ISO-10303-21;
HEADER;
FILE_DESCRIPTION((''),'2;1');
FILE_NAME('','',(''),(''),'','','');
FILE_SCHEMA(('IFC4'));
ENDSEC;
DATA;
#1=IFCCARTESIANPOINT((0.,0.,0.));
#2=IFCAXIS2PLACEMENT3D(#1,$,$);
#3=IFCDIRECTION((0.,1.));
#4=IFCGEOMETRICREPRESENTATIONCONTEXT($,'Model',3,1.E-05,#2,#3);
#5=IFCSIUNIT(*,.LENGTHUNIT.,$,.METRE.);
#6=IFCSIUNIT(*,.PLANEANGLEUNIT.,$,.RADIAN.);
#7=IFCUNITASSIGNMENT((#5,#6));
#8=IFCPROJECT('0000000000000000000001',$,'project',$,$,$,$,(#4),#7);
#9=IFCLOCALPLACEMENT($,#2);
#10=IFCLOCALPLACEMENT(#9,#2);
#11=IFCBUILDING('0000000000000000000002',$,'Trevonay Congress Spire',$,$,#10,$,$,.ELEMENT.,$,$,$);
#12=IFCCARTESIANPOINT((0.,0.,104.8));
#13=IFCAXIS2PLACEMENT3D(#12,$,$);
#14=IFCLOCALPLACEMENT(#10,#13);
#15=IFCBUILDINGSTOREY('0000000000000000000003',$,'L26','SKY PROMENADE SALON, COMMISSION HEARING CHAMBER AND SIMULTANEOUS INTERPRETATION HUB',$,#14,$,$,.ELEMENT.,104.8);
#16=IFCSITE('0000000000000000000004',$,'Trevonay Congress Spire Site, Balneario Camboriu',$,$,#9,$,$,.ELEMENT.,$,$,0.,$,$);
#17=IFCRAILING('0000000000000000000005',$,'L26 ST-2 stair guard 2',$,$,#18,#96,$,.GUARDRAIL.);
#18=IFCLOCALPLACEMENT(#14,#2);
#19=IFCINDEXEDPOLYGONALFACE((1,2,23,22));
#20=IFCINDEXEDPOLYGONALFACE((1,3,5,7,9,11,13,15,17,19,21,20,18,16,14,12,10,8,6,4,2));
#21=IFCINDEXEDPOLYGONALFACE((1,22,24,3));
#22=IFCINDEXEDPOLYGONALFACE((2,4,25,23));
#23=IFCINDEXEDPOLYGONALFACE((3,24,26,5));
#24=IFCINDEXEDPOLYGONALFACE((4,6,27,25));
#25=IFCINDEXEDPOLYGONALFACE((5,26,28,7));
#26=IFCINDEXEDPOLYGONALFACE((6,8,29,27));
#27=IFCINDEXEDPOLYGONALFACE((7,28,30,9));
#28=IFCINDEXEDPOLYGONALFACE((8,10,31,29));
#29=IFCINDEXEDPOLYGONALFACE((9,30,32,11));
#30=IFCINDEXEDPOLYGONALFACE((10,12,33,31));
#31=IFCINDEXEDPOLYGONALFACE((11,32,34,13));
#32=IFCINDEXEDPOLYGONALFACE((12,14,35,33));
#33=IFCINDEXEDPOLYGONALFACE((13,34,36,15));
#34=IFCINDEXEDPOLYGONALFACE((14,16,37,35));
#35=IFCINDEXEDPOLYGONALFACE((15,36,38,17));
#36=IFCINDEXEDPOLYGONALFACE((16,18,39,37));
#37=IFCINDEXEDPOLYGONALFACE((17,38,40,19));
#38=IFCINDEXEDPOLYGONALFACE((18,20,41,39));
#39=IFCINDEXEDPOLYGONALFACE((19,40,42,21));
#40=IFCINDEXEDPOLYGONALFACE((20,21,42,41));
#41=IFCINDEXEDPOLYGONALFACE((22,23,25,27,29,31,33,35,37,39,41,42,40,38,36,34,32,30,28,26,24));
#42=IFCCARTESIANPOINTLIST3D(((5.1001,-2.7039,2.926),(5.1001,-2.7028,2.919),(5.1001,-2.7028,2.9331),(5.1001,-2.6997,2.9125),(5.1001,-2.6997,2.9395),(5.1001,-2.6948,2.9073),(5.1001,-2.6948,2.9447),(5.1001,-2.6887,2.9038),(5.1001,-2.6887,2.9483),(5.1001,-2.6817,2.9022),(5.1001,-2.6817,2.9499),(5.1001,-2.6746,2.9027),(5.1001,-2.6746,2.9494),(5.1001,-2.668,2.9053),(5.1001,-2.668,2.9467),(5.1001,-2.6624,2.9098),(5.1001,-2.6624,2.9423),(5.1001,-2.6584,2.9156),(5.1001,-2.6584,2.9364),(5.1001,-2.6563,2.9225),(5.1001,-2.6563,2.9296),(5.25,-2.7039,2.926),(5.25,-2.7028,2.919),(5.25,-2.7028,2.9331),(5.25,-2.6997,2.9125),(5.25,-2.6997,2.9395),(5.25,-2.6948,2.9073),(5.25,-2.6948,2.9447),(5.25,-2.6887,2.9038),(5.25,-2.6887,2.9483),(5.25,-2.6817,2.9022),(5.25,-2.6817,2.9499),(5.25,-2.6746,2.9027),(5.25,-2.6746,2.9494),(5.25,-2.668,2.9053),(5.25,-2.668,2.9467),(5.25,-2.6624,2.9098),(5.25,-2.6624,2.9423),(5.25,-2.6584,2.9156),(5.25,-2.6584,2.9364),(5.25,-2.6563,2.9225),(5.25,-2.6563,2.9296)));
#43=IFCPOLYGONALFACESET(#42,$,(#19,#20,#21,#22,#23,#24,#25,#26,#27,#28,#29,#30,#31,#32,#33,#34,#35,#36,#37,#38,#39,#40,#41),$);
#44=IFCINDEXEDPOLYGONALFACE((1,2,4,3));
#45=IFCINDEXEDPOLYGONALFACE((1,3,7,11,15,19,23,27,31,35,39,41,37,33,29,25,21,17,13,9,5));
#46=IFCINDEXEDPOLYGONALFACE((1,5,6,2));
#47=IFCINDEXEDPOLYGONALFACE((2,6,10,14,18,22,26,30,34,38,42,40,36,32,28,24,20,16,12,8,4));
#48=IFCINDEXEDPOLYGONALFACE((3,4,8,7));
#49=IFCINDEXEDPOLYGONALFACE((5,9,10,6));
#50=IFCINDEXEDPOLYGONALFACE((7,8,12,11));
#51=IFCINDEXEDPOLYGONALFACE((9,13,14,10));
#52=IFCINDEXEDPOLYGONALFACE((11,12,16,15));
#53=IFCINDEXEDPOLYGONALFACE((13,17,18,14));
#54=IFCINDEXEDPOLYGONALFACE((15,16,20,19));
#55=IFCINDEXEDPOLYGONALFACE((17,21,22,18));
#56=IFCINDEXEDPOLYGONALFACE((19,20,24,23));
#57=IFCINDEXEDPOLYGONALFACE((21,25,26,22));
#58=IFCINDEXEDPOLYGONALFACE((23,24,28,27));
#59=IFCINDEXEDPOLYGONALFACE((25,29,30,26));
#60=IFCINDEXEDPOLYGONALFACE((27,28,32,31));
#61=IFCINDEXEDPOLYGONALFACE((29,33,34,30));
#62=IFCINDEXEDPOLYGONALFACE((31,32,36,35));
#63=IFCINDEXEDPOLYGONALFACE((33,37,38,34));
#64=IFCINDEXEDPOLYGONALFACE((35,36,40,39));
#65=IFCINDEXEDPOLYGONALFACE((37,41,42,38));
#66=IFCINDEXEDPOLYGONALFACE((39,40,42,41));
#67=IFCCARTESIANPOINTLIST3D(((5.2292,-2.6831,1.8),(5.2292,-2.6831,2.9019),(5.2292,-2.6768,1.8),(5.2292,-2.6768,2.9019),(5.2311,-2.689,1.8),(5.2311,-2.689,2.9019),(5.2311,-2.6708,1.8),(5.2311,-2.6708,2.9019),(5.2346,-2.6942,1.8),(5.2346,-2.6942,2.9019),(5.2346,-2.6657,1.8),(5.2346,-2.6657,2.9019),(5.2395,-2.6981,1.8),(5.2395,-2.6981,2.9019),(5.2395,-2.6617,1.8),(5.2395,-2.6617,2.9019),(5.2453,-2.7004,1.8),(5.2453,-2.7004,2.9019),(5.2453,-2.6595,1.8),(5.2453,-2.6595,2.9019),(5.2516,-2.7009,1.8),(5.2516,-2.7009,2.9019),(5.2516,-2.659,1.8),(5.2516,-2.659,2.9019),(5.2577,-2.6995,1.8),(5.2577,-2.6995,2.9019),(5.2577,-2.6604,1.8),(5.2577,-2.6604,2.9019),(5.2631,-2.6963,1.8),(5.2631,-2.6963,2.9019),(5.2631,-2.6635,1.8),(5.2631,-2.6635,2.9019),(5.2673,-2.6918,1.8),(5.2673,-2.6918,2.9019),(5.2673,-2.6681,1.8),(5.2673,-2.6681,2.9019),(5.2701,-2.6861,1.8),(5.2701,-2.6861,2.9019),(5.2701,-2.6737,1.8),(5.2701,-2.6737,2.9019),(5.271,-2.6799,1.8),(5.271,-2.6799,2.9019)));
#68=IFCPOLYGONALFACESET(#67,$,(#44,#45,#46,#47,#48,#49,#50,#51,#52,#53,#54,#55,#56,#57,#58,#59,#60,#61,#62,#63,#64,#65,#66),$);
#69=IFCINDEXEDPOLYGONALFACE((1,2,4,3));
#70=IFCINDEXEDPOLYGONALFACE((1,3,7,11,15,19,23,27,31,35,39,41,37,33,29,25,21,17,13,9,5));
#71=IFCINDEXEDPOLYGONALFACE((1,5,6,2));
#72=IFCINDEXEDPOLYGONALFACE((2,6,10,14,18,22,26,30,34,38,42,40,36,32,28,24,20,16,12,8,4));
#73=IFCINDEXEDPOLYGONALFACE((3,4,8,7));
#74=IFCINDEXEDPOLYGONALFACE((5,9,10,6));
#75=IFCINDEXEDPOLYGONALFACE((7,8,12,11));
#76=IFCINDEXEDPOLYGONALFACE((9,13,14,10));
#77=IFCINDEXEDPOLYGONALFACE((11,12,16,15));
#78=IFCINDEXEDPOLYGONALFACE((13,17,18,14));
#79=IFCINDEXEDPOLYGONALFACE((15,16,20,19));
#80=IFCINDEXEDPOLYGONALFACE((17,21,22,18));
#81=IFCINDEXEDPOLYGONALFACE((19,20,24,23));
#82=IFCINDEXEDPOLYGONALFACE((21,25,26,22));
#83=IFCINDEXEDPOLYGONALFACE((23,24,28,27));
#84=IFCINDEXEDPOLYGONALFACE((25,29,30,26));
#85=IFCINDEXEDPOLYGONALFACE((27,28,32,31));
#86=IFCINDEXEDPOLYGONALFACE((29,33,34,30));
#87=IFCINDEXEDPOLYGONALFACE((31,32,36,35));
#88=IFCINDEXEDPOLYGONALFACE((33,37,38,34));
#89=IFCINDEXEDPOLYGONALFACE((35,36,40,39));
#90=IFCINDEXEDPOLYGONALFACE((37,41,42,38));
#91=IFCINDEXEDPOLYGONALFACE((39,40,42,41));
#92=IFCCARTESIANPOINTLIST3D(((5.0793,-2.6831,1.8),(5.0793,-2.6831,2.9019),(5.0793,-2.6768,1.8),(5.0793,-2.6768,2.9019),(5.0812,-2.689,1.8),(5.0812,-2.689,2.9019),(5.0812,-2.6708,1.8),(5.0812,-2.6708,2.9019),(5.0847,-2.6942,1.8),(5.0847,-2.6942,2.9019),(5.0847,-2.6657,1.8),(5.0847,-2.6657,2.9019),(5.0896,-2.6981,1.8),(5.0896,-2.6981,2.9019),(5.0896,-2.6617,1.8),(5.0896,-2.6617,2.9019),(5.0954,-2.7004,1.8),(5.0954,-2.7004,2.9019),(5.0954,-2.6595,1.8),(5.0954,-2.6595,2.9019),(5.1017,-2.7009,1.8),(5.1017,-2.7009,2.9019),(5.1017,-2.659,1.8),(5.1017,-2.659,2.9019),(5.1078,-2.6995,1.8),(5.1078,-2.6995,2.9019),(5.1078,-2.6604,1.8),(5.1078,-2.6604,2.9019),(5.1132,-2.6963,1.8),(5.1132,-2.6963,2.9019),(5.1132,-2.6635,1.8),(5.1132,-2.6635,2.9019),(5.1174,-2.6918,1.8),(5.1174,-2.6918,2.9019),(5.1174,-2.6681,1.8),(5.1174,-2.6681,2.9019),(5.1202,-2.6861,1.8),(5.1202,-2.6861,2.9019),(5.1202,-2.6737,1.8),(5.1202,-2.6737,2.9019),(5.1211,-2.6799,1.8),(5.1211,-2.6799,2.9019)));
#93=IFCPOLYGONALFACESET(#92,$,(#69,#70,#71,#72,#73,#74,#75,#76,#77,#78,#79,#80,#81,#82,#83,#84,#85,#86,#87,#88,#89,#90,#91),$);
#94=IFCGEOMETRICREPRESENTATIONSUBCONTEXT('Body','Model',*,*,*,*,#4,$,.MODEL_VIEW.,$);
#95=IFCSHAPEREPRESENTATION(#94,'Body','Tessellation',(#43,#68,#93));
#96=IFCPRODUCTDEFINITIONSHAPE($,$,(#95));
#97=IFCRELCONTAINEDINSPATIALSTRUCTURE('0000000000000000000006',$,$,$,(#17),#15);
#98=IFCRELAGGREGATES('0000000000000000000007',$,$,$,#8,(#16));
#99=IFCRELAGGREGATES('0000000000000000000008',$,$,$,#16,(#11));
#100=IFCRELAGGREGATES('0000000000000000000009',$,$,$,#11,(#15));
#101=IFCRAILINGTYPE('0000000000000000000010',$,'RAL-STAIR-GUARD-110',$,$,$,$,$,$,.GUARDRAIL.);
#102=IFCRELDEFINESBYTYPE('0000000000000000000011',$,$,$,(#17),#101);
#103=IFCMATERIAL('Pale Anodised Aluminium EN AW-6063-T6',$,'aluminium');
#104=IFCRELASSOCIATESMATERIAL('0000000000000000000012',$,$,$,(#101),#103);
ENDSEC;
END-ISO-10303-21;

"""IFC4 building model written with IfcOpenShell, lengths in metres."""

from ifc_helpers import new_model, si_unit, direction, frame, origin, origin_2d, place, context, subcontext, project, spatial, circle, extrude, material, type_object, element, save


model = new_model("IFC4")

# Units and contexts
model_context = context("Model", 3, precision=1e-05, world=origin(), true_north=direction((0.0, 1.0)))
body_context = subcontext(model_context, "Body", "Model", "MODEL_VIEW")
ifc_project = project(units=[si_unit("LENGTHUNIT", "METRE"), si_unit("PLANEANGLEUNIT", "RADIAN")], contexts=[model_context])

# Site, building, storey
site_placement = place(None, origin())
site = spatial("IfcSite", under=ifc_project, at=site_placement, Name="Trevonay Congress Spire Site, Balneario Camboriu", CompositionType="ELEMENT", RefElevation=0.0)
building_placement = place(site_placement, origin())
building = spatial("IfcBuilding", under=site, at=building_placement, Name="Trevonay Congress Spire", CompositionType="ELEMENT")
storey_placement = place(building_placement, frame((0.0, 0.0, 104.8)))
storey = spatial("IfcBuildingStorey", under=building, at=storey_placement, Name="L26", Description="SKY PROMENADE SALON, COMMISSION HEARING CHAMBER AND SIMULTANEOUS INTERPRETATION HUB", CompositionType="ELEMENT", Elevation=104.8)

# Shared definitions
ifc_material_1 = material(Name="Pale Anodised Aluminium EN AW-6063-T6", Category="aluminium")

# Railing
railing_type_1 = type_object("IfcRailingType", Name="RAL-STAIR-GUARD-110", PredefinedType="GUARDRAIL", material=ifc_material_1)
railing_1_placement = place(storey_placement, frame((5.25, -2.6799, 1.8)))
element("IfcRailing", 1, at=railing_1_placement, inside=storey, type_object=railing_type_1, Name="L26 ST-2 stair guard 2", PredefinedType="GUARDRAIL", context=body_context, shape_type="SweptSolid", body=[
    extrude(circle(Radius=0.0239, at=origin_2d()), frame((0.0, 0.0, 1.126), z_axis=(-1.0, 0.0, 0.0), x_axis=(0.0, -1.0, 0.0)), (0.0, 0.0, 1.0), 0.1499),
    extrude(circle(Radius=0.021, at=origin_2d()), origin(), (0.0, 0.0, 1.0), 1.1018),
    extrude(circle(Radius=0.021, at=origin_2d()), frame((-0.1499, 0.0, 0.0)), (0.0, 0.0, 1.0), 1.1018),
])

save(model, "model.ifc")
